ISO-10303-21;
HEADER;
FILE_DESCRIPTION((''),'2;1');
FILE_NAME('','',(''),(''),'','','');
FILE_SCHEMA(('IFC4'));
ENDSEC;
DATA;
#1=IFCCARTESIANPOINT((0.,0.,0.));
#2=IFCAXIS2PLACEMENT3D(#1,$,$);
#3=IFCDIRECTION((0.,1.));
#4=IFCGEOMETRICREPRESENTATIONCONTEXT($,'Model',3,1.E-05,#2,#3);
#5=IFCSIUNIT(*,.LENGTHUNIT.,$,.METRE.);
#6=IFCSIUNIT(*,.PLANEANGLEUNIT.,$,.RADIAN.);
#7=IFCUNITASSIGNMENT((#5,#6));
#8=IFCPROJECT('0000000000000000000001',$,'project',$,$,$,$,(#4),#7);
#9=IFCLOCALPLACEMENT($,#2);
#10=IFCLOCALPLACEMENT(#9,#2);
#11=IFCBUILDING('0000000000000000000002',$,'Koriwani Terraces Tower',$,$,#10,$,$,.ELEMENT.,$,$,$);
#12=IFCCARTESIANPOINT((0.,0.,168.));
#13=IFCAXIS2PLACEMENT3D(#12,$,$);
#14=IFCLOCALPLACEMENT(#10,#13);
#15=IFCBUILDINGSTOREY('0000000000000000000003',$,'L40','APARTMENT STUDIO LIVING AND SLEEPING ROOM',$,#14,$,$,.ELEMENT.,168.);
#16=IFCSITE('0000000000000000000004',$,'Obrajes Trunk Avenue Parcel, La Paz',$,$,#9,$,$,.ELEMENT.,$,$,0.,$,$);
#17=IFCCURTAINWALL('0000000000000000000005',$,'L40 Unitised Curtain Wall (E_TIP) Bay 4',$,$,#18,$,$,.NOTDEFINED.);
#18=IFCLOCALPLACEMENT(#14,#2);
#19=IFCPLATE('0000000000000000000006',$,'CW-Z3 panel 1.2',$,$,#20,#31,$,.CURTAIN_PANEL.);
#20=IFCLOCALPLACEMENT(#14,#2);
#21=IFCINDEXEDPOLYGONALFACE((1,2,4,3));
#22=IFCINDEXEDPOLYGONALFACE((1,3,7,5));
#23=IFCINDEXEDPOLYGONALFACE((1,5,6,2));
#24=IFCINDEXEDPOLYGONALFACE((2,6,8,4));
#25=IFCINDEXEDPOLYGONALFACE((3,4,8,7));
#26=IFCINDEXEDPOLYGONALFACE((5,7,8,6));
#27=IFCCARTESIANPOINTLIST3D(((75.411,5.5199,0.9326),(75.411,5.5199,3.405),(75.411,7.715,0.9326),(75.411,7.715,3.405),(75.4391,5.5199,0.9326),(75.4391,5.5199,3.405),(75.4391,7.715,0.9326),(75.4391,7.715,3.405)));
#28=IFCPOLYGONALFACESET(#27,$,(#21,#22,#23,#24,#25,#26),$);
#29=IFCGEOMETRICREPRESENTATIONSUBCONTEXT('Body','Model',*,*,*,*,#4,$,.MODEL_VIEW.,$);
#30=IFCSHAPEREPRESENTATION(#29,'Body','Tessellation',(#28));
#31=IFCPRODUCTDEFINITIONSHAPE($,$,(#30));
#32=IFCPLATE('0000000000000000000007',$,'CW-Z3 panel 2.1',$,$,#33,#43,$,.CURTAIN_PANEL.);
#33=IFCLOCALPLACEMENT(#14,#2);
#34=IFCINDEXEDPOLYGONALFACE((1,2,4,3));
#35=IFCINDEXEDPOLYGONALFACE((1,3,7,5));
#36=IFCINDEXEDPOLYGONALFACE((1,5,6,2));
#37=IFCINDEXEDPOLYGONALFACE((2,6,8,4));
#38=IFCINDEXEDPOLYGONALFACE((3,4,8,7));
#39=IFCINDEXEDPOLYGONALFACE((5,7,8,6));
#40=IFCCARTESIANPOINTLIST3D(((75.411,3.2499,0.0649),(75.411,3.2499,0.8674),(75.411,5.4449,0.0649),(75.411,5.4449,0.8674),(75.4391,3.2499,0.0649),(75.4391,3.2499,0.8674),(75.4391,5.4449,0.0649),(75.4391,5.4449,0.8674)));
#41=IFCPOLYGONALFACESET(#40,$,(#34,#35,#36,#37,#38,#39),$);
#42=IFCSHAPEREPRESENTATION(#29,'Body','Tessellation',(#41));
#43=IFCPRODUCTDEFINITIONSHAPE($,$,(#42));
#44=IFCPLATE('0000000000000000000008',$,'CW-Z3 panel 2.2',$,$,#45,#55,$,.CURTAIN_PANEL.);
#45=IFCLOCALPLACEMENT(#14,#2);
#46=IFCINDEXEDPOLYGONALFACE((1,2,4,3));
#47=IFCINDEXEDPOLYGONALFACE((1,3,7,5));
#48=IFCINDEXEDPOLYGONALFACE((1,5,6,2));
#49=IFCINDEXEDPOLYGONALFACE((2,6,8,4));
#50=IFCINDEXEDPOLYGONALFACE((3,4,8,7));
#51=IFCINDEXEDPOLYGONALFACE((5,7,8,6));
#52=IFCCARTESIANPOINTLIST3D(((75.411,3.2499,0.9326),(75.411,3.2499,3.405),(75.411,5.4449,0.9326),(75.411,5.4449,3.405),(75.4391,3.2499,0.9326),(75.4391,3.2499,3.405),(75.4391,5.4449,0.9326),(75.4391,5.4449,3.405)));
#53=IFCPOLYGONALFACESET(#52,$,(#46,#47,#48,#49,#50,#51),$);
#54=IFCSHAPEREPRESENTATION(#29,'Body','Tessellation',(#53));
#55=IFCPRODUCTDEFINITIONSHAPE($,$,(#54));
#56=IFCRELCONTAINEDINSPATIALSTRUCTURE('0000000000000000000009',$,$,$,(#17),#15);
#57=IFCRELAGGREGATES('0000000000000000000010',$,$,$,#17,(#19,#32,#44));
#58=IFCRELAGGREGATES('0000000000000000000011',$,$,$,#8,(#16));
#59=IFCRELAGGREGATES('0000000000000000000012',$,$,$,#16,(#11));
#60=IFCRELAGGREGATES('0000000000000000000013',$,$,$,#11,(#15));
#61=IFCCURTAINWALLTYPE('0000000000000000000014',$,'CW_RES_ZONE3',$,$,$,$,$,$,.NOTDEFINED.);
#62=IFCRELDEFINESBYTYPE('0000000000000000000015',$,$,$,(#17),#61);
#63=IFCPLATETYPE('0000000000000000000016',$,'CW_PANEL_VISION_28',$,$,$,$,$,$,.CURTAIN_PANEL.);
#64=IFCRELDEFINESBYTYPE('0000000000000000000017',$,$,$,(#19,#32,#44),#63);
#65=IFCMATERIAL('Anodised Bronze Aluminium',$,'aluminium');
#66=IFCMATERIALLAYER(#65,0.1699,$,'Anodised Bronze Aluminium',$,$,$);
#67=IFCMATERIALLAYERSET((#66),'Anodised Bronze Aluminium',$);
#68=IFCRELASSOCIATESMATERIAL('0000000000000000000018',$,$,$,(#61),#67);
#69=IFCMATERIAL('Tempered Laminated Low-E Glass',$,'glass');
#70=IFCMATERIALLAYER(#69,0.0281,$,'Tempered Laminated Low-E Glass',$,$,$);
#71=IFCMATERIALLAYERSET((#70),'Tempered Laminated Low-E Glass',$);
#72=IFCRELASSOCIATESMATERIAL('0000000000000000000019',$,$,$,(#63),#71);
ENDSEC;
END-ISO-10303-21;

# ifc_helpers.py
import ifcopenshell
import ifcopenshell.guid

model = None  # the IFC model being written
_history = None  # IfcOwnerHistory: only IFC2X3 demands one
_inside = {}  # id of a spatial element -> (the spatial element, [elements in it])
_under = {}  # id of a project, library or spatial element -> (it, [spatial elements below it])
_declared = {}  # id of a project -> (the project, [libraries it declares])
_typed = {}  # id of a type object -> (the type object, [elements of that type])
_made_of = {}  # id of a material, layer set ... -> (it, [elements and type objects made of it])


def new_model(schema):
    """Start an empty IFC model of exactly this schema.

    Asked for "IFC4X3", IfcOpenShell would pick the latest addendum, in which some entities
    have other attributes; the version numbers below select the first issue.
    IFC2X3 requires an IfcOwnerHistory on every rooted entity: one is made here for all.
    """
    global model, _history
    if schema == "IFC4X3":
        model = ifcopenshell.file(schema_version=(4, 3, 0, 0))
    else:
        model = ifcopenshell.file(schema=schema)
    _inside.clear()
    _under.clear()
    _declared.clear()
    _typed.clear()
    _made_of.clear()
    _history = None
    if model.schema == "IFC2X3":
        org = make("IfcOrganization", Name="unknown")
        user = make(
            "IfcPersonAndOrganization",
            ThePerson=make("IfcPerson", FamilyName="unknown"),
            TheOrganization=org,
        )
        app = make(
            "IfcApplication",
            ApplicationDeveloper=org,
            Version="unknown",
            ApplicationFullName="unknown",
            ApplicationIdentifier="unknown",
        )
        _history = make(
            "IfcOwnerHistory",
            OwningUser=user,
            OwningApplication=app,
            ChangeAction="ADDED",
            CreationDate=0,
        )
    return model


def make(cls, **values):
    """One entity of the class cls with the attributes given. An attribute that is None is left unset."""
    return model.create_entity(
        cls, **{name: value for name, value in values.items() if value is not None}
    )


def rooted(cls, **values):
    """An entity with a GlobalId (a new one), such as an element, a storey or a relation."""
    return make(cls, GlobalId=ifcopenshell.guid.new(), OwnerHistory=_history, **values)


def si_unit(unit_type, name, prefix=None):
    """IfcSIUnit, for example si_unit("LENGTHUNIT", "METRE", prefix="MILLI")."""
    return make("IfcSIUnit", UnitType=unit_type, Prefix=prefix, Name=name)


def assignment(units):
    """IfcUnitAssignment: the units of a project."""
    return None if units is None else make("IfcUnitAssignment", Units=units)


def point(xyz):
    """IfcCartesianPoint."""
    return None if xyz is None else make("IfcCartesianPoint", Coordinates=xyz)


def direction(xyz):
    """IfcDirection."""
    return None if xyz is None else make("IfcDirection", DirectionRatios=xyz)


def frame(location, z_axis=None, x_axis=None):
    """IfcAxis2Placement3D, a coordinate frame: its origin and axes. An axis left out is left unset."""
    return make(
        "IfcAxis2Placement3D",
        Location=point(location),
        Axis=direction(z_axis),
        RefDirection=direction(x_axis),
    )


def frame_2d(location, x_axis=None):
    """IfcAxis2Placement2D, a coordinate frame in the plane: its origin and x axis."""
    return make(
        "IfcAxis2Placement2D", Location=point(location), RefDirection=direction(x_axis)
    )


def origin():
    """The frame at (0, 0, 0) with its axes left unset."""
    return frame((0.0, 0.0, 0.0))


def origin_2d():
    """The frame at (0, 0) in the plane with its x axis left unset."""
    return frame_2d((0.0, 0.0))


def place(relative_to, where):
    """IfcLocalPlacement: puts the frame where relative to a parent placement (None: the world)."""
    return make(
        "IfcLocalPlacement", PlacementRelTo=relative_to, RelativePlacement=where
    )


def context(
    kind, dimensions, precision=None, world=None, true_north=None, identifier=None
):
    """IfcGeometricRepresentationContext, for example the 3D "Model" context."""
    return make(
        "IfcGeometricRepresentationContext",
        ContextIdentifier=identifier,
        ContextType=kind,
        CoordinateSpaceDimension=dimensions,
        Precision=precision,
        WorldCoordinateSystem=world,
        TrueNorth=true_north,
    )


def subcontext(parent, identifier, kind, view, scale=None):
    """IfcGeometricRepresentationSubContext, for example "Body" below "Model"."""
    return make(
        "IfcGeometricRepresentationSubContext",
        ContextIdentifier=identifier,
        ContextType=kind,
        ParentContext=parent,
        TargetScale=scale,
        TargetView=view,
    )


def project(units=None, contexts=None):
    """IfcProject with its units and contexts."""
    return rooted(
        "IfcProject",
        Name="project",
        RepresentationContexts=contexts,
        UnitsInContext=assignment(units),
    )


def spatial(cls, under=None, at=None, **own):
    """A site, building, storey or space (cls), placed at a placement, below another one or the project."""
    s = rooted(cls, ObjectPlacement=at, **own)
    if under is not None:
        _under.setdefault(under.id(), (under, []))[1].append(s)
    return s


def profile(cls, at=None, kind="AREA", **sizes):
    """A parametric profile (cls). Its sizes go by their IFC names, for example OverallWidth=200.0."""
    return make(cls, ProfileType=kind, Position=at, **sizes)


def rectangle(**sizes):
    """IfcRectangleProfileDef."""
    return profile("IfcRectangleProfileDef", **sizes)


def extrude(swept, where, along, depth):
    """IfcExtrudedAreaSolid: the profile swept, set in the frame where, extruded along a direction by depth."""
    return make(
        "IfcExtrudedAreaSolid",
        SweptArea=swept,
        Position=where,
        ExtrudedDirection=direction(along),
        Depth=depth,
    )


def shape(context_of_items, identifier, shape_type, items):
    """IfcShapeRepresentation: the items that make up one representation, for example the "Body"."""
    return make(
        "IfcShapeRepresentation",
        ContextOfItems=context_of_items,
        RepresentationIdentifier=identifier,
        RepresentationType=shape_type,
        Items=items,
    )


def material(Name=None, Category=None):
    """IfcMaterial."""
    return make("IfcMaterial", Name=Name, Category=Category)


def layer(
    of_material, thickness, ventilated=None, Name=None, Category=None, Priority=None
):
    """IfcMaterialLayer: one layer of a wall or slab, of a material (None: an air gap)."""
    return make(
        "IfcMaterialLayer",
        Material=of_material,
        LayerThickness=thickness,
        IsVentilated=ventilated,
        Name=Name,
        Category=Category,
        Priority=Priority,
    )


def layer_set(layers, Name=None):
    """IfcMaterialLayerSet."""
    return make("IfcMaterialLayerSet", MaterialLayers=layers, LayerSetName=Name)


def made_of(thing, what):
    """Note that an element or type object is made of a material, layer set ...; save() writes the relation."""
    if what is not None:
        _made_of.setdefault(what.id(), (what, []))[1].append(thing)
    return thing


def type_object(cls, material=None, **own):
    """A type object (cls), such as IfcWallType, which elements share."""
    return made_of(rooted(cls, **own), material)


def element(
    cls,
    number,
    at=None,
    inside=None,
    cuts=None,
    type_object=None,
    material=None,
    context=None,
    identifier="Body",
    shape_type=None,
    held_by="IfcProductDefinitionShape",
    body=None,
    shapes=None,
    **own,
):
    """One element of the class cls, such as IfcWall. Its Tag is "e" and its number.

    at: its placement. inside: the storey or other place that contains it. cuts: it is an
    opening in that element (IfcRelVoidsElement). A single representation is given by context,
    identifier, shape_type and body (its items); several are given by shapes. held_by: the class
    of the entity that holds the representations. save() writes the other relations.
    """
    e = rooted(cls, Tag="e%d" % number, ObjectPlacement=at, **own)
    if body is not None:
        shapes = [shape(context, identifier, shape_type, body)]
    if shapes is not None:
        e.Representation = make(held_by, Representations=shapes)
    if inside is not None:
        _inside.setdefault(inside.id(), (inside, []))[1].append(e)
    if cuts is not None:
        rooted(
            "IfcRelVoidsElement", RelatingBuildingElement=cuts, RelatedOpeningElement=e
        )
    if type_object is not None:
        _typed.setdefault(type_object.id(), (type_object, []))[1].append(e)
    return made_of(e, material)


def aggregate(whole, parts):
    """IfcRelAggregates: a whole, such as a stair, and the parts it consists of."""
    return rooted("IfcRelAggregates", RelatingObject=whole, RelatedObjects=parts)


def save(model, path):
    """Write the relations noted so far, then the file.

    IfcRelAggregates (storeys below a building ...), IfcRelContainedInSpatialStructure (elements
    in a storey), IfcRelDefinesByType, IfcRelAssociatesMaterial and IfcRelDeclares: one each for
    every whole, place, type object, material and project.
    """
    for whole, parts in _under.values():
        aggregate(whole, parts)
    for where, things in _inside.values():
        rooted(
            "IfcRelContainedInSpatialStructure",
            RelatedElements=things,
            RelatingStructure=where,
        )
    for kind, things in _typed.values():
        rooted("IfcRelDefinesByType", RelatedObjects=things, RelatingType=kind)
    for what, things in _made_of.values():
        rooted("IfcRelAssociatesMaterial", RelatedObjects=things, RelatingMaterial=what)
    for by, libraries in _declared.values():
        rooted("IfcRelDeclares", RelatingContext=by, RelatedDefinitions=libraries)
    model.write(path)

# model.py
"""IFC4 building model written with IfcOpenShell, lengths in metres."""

from ifc_helpers import new_model, si_unit, direction, frame, origin, origin_2d, place, context, subcontext, project, spatial, rectangle, extrude, material, layer, layer_set, type_object, element, aggregate, save


model = new_model("IFC4")

# Units and contexts
model_context = context("Model", 3, precision=1e-05, world=origin(), true_north=direction((0.0, 1.0)))
body_context = subcontext(model_context, "Body", "Model", "MODEL_VIEW")
ifc_project = project(units=[si_unit("LENGTHUNIT", "METRE"), si_unit("PLANEANGLEUNIT", "RADIAN")], contexts=[model_context])

# Site, building, storey
site_placement = place(None, origin())
site = spatial("IfcSite", under=ifc_project, at=site_placement, Name="Obrajes Trunk Avenue Parcel, La Paz", CompositionType="ELEMENT", RefElevation=0.0)
building_placement = place(site_placement, origin())
building = spatial("IfcBuilding", under=site, at=building_placement, Name="Koriwani Terraces Tower", CompositionType="ELEMENT")
storey_placement = place(building_placement, frame((0.0, 0.0, 168.0)))
storey = spatial("IfcBuildingStorey", under=building, at=storey_placement, Name="L40", Description="APARTMENT STUDIO LIVING AND SLEEPING ROOM", CompositionType="ELEMENT", Elevation=168.0)

# Curtain wall, plates
ifc_material_1 = material(Name="Anodised Bronze Aluminium", Category="aluminium")
ifc_layer_1 = layer(ifc_material_1, 0.1699, Name="Anodised Bronze Aluminium")
ifc_layer_set_1 = layer_set([ifc_layer_1], Name="Anodised Bronze Aluminium")
curtain_wall_type = type_object("IfcCurtainWallType", Name="CW_RES_ZONE3", PredefinedType="NOTDEFINED", material=ifc_layer_set_1)
curtain_wall_placement = place(storey_placement, origin())
curtain_wall = element("IfcCurtainWall", 1, at=curtain_wall_placement, inside=storey, type_object=curtain_wall_type, Name="L40 Unitised Curtain Wall (E_TIP) Bay 4", PredefinedType="NOTDEFINED")
ifc_material_2 = material(Name="Tempered Laminated Low-E Glass", Category="glass")
ifc_layer_2 = layer(ifc_material_2, 0.0281, Name="Tempered Laminated Low-E Glass")
ifc_layer_set_2 = layer_set([ifc_layer_2], Name="Tempered Laminated Low-E Glass")
plate_type = type_object("IfcPlateType", Name="CW_PANEL_VISION_28", PredefinedType="CURTAIN_PANEL", material=ifc_layer_set_2)
plate_1_placement = place(storey_placement, frame((75.425, 6.6174, 0.9326), z_axis=(0.0, 0.0, 1.0), x_axis=(0.0, -1.0, 0.0)))
plate_1 = element("IfcPlate", 2, at=plate_1_placement, type_object=plate_type, Name="CW-Z3 panel 1.2", PredefinedType="CURTAIN_PANEL", context=body_context, shape_type="SweptSolid", body=[
    extrude(rectangle(XDim=2.1951, YDim=0.0281, at=origin_2d()), origin(), (0.0, 0.0, 1.0), 2.4724),
])
plate_2_placement = place(storey_placement, frame((75.425, 4.3474, 0.0649), z_axis=(0.0, 0.0, 1.0), x_axis=(0.0, -1.0, 0.0)))
plate_2 = element("IfcPlate", 3, at=plate_2_placement, type_object=plate_type, Name="CW-Z3 panel 2.1", PredefinedType="CURTAIN_PANEL", context=body_context, shape_type="SweptSolid", body=[
    extrude(rectangle(XDim=2.1951, YDim=0.0281, at=origin_2d()), origin(), (0.0, 0.0, 1.0), 0.8025),
])
plate_3_placement = place(storey_placement, frame((75.425, 4.3474, 0.9326), z_axis=(0.0, 0.0, 1.0), x_axis=(0.0, -1.0, 0.0)))
plate_3 = element("IfcPlate", 4, at=plate_3_placement, type_object=plate_type, Name="CW-Z3 panel 2.2", PredefinedType="CURTAIN_PANEL", context=body_context, shape_type="SweptSolid", body=[
    extrude(rectangle(XDim=2.1951, YDim=0.0281, at=origin_2d()), origin(), (0.0, 0.0, 1.0), 2.4724),
])
aggregate(curtain_wall, [plate_1, plate_2, plate_3])

save(model, "model.ifc")
